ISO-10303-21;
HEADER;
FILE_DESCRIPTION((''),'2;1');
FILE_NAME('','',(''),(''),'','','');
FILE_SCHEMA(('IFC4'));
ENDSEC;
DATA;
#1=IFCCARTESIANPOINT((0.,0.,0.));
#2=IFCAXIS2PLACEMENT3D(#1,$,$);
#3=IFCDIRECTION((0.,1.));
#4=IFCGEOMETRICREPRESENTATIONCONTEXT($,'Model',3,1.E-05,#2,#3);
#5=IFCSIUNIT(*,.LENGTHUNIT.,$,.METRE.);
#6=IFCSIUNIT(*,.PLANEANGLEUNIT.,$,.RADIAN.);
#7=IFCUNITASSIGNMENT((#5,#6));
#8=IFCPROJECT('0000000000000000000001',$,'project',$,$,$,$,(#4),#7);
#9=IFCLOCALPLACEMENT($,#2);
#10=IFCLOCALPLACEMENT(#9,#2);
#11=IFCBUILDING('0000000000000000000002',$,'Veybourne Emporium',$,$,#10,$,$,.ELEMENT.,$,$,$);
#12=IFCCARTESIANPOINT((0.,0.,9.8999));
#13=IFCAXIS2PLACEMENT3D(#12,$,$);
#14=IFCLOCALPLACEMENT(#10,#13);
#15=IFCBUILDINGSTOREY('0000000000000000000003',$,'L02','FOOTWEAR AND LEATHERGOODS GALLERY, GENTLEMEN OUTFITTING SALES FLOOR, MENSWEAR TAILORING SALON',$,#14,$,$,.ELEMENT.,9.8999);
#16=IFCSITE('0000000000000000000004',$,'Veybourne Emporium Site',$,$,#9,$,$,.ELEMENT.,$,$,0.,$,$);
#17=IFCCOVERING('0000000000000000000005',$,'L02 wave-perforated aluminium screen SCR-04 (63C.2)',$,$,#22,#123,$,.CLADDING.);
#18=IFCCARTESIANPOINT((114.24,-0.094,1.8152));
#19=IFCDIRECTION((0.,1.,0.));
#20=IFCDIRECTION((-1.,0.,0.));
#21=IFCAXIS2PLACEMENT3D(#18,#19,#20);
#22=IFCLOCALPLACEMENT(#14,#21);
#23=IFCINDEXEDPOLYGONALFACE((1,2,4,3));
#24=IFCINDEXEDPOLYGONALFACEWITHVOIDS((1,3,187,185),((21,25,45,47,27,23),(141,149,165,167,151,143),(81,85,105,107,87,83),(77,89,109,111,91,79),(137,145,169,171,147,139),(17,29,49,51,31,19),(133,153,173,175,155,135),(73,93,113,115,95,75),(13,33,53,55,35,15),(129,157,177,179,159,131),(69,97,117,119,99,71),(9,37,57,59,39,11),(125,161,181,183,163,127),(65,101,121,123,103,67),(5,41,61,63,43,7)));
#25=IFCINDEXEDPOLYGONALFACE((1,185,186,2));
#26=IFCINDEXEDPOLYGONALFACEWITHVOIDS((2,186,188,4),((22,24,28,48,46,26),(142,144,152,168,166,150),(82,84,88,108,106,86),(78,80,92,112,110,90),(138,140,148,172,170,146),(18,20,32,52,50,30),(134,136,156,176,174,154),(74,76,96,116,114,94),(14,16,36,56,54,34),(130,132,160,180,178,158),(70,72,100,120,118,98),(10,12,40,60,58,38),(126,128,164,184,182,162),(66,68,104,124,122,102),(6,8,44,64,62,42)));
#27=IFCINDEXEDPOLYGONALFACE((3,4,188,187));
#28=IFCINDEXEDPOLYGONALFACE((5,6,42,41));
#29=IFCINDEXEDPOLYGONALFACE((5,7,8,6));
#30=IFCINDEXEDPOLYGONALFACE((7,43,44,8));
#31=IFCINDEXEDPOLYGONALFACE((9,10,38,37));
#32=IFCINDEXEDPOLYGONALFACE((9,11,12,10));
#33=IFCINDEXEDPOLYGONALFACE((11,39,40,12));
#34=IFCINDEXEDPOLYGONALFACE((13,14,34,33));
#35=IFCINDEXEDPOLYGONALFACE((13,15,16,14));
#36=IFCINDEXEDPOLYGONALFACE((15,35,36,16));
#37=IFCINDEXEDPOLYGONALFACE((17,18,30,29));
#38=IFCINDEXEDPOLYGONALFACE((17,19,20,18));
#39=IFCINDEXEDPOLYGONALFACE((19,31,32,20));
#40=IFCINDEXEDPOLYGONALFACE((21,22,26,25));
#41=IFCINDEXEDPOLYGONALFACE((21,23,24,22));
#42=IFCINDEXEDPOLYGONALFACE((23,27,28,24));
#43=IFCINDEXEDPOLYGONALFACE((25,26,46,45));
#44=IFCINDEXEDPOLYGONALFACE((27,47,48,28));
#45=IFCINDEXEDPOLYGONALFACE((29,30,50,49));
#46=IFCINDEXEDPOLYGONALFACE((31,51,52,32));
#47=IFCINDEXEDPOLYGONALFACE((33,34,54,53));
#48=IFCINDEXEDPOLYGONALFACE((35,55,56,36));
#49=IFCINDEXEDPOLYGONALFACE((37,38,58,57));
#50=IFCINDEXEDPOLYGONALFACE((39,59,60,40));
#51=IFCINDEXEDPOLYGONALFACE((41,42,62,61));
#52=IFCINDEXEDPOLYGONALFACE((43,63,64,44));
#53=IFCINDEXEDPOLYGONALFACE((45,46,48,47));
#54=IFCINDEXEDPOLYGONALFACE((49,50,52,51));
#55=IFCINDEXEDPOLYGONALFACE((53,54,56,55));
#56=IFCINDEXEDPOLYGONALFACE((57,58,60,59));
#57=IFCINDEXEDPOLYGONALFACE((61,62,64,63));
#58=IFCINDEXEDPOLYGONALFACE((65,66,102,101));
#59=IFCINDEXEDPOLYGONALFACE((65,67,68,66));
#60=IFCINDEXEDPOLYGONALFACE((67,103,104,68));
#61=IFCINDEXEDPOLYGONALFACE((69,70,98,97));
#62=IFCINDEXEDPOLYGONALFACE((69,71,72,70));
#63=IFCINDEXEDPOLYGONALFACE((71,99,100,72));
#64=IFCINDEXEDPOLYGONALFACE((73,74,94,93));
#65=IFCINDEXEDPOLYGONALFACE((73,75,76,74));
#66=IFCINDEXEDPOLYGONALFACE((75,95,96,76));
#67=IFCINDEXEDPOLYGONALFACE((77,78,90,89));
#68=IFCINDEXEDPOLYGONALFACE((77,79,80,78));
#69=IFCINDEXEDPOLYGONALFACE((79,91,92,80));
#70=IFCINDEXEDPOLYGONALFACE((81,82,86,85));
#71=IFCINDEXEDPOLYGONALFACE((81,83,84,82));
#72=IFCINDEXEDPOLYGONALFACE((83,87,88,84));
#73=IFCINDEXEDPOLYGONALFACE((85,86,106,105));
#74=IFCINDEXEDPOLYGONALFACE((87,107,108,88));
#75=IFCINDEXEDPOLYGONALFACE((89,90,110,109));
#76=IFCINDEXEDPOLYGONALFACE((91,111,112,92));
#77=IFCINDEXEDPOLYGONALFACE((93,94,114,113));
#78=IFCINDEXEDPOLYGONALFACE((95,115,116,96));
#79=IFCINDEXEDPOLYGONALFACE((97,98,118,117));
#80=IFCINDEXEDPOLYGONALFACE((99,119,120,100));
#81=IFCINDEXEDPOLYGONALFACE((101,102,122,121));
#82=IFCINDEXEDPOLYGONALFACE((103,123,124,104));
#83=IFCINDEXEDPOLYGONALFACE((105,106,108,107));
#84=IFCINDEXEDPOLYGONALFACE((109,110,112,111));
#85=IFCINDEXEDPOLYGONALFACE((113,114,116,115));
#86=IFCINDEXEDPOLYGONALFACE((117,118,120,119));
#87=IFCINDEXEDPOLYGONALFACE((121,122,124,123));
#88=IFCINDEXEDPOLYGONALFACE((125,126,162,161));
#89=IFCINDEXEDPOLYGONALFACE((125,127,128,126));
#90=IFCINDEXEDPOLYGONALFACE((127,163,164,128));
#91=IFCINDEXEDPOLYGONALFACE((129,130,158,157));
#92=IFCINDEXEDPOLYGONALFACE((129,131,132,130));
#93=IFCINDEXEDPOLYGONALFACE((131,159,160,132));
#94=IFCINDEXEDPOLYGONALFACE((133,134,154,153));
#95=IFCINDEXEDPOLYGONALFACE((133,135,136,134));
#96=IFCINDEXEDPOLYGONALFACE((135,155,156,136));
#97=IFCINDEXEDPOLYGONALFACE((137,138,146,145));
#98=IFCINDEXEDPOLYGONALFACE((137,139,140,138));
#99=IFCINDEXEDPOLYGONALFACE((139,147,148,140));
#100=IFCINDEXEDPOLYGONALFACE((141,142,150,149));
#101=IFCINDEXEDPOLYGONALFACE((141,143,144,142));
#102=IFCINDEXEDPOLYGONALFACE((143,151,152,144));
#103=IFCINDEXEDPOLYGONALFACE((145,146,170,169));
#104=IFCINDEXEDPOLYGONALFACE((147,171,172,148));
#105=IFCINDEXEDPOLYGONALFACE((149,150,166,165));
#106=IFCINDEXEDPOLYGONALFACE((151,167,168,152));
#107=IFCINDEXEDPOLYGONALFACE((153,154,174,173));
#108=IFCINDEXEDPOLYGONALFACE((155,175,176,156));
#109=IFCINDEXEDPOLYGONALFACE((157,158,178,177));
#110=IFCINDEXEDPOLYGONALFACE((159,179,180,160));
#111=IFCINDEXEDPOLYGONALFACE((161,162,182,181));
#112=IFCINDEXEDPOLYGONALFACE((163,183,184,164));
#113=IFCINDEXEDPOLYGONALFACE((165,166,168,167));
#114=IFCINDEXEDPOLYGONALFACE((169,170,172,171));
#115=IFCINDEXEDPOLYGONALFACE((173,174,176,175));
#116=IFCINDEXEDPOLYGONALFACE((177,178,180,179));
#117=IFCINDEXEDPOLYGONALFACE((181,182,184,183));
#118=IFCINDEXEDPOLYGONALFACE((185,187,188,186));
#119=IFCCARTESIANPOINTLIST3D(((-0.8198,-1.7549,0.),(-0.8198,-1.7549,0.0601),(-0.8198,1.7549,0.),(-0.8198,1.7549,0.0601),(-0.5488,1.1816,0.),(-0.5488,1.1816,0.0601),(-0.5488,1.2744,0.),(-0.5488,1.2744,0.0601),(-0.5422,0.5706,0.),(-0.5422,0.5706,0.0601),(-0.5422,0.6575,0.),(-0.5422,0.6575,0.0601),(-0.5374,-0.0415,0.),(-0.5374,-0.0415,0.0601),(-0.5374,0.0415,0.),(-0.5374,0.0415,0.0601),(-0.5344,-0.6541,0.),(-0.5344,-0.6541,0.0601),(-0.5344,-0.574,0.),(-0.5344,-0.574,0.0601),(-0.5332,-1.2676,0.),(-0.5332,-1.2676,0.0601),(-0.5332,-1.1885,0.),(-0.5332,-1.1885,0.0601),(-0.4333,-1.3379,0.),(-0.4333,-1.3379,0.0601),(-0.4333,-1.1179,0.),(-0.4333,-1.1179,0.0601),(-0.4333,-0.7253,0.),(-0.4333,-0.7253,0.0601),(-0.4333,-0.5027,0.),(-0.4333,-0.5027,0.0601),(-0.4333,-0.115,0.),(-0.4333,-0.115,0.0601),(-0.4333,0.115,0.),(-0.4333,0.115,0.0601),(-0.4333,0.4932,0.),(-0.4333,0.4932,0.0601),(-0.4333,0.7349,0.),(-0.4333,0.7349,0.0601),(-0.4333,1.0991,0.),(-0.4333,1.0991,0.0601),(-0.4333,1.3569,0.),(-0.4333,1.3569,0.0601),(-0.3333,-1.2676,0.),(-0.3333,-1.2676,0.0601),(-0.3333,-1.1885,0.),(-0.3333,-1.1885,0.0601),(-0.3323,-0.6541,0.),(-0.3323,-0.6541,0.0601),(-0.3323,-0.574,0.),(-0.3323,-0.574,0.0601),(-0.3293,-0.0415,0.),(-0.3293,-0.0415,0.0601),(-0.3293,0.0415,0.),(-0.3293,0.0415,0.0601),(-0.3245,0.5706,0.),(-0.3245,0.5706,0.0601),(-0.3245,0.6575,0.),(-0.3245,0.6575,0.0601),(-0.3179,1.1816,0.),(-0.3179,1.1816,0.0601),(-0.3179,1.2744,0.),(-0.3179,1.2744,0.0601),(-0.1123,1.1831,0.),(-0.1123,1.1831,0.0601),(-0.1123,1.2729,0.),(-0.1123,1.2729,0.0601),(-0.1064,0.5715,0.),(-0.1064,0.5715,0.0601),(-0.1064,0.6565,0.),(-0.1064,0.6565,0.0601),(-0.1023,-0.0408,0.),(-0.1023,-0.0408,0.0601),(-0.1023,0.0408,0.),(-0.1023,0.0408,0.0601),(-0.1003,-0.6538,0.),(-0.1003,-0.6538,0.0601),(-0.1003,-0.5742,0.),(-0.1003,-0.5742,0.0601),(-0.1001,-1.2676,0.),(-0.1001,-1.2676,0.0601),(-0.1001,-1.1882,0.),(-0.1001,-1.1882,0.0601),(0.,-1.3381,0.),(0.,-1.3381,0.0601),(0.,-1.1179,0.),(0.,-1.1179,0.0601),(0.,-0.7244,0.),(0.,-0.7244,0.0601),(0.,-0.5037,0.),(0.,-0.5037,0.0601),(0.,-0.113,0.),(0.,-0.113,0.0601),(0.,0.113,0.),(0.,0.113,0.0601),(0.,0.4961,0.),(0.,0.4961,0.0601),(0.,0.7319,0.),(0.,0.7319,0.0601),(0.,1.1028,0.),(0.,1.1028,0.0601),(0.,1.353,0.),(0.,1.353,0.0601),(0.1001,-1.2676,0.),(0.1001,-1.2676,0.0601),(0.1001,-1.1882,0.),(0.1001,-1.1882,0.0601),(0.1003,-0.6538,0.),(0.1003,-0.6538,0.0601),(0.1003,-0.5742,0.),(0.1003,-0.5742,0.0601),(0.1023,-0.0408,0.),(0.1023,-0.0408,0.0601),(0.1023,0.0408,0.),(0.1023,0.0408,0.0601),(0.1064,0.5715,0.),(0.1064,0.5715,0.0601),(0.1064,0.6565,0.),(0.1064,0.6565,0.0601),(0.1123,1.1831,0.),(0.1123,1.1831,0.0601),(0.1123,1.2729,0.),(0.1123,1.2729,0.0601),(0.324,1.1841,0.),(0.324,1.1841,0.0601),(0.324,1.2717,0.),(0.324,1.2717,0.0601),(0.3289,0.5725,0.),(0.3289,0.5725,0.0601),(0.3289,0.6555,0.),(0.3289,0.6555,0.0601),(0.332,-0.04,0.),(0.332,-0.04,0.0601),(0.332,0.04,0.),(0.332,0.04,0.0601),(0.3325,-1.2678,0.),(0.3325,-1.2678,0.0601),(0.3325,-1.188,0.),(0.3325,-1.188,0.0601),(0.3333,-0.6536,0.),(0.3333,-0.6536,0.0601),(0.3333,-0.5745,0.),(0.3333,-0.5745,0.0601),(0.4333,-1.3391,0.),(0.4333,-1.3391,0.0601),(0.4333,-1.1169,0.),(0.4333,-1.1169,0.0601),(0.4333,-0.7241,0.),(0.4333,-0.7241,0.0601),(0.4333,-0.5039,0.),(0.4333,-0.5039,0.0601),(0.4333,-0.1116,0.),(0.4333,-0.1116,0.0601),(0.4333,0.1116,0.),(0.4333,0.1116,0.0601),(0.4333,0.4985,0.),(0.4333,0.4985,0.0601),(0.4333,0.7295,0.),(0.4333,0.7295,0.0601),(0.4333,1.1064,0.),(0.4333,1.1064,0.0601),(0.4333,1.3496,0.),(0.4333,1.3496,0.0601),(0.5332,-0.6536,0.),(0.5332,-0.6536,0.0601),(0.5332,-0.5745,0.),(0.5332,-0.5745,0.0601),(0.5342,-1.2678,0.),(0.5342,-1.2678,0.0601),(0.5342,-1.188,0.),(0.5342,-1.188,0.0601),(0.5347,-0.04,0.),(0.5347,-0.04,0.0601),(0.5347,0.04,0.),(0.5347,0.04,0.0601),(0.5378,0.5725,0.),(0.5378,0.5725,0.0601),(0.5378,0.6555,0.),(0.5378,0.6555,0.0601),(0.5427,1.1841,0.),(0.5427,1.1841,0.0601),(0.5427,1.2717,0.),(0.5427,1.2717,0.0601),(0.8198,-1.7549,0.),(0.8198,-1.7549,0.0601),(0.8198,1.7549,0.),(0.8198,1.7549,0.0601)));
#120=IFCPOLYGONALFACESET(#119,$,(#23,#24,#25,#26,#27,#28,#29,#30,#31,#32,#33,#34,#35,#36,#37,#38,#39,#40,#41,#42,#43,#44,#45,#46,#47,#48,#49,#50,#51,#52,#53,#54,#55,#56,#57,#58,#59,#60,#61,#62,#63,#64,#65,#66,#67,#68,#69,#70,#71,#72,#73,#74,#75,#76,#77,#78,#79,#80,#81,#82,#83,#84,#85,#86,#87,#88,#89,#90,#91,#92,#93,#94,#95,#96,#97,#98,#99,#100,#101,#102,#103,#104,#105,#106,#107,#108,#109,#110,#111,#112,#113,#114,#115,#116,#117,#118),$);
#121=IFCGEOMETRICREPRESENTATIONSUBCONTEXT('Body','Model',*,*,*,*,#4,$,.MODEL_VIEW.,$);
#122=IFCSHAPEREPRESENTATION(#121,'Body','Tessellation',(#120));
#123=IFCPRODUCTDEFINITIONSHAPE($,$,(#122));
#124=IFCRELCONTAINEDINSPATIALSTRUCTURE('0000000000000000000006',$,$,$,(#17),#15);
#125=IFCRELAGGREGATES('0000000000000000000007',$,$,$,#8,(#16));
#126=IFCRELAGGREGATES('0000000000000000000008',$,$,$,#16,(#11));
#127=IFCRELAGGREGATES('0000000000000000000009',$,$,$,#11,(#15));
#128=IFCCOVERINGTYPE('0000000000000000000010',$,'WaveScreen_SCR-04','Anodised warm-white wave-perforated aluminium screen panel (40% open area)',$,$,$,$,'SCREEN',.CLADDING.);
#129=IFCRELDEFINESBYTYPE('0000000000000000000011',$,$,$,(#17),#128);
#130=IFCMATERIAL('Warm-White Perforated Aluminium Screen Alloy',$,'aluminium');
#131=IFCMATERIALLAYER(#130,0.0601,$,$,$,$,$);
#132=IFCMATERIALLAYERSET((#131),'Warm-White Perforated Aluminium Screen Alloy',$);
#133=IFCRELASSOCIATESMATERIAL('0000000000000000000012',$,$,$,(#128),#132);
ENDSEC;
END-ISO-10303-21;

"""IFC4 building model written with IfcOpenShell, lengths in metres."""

from ifc_helpers import new_model, si_unit, direction, frame, origin, place, context, subcontext, project, spatial, polyline, outline, extrude, material, layer, layer_set, type_object, element, save


model = new_model("IFC4")

# Units and contexts
model_context = context("Model", 3, precision=1e-05, world=origin(), true_north=direction((0.0, 1.0)))
body_context = subcontext(model_context, "Body", "Model", "MODEL_VIEW")
ifc_project = project(units=[si_unit("LENGTHUNIT", "METRE"), si_unit("PLANEANGLEUNIT", "RADIAN")], contexts=[model_context])

# Site, building, storey
site_placement = place(None, origin())
site = spatial("IfcSite", under=ifc_project, at=site_placement, Name="Veybourne Emporium Site", CompositionType="ELEMENT", RefElevation=0.0)
building_placement = place(site_placement, origin())
building = spatial("IfcBuilding", under=site, at=building_placement, Name="Veybourne Emporium", CompositionType="ELEMENT")
storey_placement = place(building_placement, frame((0.0, 0.0, 9.8999)))
storey = spatial("IfcBuildingStorey", under=building, at=storey_placement, Name="L02", Description="FOOTWEAR AND LEATHERGOODS GALLERY, GENTLEMEN OUTFITTING SALES FLOOR, MENSWEAR TAILORING SALON", CompositionType="ELEMENT", Elevation=9.8999)

# Covering
ifc_material_1 = material(Name="Warm-White Perforated Aluminium Screen Alloy", Category="aluminium")
ifc_layer_1 = layer(ifc_material_1, 0.0601)
ifc_layer_set_1 = layer_set([ifc_layer_1], Name="Warm-White Perforated Aluminium Screen Alloy")
covering_type_1 = type_object("IfcCoveringType", Name="WaveScreen_SCR-04", Description="Anodised warm-white wave-perforated aluminium screen panel (40% open area)", ElementType="SCREEN", PredefinedType="CLADDING", material=ifc_layer_set_1)
covering_1_placement = place(storey_placement, frame((114.24, -0.094, 1.8152), z_axis=(0.0, 1.0, 0.0), x_axis=(-1.0, 0.0, 0.0)))
element("IfcCovering", 1, at=covering_1_placement, inside=storey, type_object=covering_type_1, Name="L02 wave-perforated aluminium screen SCR-04 (63C.2)", PredefinedType="CLADDING", context=body_context, shape_type="SweptSolid", body=[
    extrude(outline(polyline([(-0.8198, -1.7549), (0.8198, -1.7549), (0.8198, 1.7549), (-0.8198, 1.7549), (-0.8198, -1.7549)]), holes=[polyline([(-0.4333, -1.1179), (-0.3333, -1.1885), (-0.3333, -1.2676), (-0.4333, -1.3379), (-0.5332, -1.2676), (-0.5332, -1.1885), (-0.4333, -1.1179)]), polyline([(-0.4333, -0.5027), (-0.3323, -0.574), (-0.3323, -0.6541), (-0.4333, -0.7253), (-0.5344, -0.6541), (-0.5344, -0.574), (-0.4333, -0.5027)]), polyline([(-0.4333, 0.115), (-0.3293, 0.0415), (-0.3293, -0.0415), (-0.4333, -0.115), (-0.5374, -0.0415), (-0.5374, 0.0415), (-0.4333, 0.115)]), polyline([(-0.4333, 0.7349), (-0.3245, 0.6575), (-0.3245, 0.5706), (-0.4333, 0.4932), (-0.5422, 0.5706), (-0.5422, 0.6575), (-0.4333, 0.7349)]), polyline([(-0.4333, 1.3569), (-0.3179, 1.2744), (-0.3179, 1.1816), (-0.4333, 1.0991), (-0.5488, 1.1816), (-0.5488, 1.2744), (-0.4333, 1.3569)]), polyline([(0.0, -1.1179), (0.1001, -1.1882), (0.1001, -1.2676), (0.0, -1.3381), (-0.1001, -1.2676), (-0.1001, -1.1882), (0.0, -1.1179)]), polyline([(0.0, -0.5037), (0.1003, -0.5742), (0.1003, -0.6538), (0.0, -0.7244), (-0.1003, -0.6538), (-0.1003, -0.5742), (0.0, -0.5037)]), polyline([(0.0, 0.113), (0.1023, 0.0408), (0.1023, -0.0408), (0.0, -0.113), (-0.1023, -0.0408), (-0.1023, 0.0408), (0.0, 0.113)]), polyline([(0.0, 0.7319), (0.1064, 0.6565), (0.1064, 0.5715), (0.0, 0.4961), (-0.1064, 0.5715), (-0.1064, 0.6565), (0.0, 0.7319)]), polyline([(0.0, 1.353), (0.1123, 1.2729), (0.1123, 1.1831), (0.0, 1.1028), (-0.1123, 1.1831), (-0.1123, 1.2729), (0.0, 1.353)]), polyline([(0.4333, -1.1169), (0.5342, -1.188), (0.5342, -1.2678), (0.4333, -1.3391), (0.3325, -1.2678), (0.3325, -1.188), (0.4333, -1.1169)]), polyline([(0.4333, -0.5039), (0.5332, -0.5745), (0.5332, -0.6536), (0.4333, -0.7241), (0.3333, -0.6536), (0.3333, -0.5745), (0.4333, -0.5039)]), polyline([(0.4333, 0.1116), (0.5347, 0.04), (0.5347, -0.04), (0.4333, -0.1116), (0.332, -0.04), (0.332, 0.04), (0.4333, 0.1116)]), polyline([(0.4333, 0.7295), (0.5378, 0.6555), (0.5378, 0.5725), (0.4333, 0.4985), (0.3289, 0.5725), (0.3289, 0.6555), (0.4333, 0.7295)]), polyline([(0.4333, 1.3496), (0.5427, 1.2717), (0.5427, 1.1841), (0.4333, 1.1064), (0.324, 1.1841), (0.324, 1.2717), (0.4333, 1.3496)])]), origin(), (0.0, 0.0, 1.0), 0.0601),
])

save(model, "model.ifc")
